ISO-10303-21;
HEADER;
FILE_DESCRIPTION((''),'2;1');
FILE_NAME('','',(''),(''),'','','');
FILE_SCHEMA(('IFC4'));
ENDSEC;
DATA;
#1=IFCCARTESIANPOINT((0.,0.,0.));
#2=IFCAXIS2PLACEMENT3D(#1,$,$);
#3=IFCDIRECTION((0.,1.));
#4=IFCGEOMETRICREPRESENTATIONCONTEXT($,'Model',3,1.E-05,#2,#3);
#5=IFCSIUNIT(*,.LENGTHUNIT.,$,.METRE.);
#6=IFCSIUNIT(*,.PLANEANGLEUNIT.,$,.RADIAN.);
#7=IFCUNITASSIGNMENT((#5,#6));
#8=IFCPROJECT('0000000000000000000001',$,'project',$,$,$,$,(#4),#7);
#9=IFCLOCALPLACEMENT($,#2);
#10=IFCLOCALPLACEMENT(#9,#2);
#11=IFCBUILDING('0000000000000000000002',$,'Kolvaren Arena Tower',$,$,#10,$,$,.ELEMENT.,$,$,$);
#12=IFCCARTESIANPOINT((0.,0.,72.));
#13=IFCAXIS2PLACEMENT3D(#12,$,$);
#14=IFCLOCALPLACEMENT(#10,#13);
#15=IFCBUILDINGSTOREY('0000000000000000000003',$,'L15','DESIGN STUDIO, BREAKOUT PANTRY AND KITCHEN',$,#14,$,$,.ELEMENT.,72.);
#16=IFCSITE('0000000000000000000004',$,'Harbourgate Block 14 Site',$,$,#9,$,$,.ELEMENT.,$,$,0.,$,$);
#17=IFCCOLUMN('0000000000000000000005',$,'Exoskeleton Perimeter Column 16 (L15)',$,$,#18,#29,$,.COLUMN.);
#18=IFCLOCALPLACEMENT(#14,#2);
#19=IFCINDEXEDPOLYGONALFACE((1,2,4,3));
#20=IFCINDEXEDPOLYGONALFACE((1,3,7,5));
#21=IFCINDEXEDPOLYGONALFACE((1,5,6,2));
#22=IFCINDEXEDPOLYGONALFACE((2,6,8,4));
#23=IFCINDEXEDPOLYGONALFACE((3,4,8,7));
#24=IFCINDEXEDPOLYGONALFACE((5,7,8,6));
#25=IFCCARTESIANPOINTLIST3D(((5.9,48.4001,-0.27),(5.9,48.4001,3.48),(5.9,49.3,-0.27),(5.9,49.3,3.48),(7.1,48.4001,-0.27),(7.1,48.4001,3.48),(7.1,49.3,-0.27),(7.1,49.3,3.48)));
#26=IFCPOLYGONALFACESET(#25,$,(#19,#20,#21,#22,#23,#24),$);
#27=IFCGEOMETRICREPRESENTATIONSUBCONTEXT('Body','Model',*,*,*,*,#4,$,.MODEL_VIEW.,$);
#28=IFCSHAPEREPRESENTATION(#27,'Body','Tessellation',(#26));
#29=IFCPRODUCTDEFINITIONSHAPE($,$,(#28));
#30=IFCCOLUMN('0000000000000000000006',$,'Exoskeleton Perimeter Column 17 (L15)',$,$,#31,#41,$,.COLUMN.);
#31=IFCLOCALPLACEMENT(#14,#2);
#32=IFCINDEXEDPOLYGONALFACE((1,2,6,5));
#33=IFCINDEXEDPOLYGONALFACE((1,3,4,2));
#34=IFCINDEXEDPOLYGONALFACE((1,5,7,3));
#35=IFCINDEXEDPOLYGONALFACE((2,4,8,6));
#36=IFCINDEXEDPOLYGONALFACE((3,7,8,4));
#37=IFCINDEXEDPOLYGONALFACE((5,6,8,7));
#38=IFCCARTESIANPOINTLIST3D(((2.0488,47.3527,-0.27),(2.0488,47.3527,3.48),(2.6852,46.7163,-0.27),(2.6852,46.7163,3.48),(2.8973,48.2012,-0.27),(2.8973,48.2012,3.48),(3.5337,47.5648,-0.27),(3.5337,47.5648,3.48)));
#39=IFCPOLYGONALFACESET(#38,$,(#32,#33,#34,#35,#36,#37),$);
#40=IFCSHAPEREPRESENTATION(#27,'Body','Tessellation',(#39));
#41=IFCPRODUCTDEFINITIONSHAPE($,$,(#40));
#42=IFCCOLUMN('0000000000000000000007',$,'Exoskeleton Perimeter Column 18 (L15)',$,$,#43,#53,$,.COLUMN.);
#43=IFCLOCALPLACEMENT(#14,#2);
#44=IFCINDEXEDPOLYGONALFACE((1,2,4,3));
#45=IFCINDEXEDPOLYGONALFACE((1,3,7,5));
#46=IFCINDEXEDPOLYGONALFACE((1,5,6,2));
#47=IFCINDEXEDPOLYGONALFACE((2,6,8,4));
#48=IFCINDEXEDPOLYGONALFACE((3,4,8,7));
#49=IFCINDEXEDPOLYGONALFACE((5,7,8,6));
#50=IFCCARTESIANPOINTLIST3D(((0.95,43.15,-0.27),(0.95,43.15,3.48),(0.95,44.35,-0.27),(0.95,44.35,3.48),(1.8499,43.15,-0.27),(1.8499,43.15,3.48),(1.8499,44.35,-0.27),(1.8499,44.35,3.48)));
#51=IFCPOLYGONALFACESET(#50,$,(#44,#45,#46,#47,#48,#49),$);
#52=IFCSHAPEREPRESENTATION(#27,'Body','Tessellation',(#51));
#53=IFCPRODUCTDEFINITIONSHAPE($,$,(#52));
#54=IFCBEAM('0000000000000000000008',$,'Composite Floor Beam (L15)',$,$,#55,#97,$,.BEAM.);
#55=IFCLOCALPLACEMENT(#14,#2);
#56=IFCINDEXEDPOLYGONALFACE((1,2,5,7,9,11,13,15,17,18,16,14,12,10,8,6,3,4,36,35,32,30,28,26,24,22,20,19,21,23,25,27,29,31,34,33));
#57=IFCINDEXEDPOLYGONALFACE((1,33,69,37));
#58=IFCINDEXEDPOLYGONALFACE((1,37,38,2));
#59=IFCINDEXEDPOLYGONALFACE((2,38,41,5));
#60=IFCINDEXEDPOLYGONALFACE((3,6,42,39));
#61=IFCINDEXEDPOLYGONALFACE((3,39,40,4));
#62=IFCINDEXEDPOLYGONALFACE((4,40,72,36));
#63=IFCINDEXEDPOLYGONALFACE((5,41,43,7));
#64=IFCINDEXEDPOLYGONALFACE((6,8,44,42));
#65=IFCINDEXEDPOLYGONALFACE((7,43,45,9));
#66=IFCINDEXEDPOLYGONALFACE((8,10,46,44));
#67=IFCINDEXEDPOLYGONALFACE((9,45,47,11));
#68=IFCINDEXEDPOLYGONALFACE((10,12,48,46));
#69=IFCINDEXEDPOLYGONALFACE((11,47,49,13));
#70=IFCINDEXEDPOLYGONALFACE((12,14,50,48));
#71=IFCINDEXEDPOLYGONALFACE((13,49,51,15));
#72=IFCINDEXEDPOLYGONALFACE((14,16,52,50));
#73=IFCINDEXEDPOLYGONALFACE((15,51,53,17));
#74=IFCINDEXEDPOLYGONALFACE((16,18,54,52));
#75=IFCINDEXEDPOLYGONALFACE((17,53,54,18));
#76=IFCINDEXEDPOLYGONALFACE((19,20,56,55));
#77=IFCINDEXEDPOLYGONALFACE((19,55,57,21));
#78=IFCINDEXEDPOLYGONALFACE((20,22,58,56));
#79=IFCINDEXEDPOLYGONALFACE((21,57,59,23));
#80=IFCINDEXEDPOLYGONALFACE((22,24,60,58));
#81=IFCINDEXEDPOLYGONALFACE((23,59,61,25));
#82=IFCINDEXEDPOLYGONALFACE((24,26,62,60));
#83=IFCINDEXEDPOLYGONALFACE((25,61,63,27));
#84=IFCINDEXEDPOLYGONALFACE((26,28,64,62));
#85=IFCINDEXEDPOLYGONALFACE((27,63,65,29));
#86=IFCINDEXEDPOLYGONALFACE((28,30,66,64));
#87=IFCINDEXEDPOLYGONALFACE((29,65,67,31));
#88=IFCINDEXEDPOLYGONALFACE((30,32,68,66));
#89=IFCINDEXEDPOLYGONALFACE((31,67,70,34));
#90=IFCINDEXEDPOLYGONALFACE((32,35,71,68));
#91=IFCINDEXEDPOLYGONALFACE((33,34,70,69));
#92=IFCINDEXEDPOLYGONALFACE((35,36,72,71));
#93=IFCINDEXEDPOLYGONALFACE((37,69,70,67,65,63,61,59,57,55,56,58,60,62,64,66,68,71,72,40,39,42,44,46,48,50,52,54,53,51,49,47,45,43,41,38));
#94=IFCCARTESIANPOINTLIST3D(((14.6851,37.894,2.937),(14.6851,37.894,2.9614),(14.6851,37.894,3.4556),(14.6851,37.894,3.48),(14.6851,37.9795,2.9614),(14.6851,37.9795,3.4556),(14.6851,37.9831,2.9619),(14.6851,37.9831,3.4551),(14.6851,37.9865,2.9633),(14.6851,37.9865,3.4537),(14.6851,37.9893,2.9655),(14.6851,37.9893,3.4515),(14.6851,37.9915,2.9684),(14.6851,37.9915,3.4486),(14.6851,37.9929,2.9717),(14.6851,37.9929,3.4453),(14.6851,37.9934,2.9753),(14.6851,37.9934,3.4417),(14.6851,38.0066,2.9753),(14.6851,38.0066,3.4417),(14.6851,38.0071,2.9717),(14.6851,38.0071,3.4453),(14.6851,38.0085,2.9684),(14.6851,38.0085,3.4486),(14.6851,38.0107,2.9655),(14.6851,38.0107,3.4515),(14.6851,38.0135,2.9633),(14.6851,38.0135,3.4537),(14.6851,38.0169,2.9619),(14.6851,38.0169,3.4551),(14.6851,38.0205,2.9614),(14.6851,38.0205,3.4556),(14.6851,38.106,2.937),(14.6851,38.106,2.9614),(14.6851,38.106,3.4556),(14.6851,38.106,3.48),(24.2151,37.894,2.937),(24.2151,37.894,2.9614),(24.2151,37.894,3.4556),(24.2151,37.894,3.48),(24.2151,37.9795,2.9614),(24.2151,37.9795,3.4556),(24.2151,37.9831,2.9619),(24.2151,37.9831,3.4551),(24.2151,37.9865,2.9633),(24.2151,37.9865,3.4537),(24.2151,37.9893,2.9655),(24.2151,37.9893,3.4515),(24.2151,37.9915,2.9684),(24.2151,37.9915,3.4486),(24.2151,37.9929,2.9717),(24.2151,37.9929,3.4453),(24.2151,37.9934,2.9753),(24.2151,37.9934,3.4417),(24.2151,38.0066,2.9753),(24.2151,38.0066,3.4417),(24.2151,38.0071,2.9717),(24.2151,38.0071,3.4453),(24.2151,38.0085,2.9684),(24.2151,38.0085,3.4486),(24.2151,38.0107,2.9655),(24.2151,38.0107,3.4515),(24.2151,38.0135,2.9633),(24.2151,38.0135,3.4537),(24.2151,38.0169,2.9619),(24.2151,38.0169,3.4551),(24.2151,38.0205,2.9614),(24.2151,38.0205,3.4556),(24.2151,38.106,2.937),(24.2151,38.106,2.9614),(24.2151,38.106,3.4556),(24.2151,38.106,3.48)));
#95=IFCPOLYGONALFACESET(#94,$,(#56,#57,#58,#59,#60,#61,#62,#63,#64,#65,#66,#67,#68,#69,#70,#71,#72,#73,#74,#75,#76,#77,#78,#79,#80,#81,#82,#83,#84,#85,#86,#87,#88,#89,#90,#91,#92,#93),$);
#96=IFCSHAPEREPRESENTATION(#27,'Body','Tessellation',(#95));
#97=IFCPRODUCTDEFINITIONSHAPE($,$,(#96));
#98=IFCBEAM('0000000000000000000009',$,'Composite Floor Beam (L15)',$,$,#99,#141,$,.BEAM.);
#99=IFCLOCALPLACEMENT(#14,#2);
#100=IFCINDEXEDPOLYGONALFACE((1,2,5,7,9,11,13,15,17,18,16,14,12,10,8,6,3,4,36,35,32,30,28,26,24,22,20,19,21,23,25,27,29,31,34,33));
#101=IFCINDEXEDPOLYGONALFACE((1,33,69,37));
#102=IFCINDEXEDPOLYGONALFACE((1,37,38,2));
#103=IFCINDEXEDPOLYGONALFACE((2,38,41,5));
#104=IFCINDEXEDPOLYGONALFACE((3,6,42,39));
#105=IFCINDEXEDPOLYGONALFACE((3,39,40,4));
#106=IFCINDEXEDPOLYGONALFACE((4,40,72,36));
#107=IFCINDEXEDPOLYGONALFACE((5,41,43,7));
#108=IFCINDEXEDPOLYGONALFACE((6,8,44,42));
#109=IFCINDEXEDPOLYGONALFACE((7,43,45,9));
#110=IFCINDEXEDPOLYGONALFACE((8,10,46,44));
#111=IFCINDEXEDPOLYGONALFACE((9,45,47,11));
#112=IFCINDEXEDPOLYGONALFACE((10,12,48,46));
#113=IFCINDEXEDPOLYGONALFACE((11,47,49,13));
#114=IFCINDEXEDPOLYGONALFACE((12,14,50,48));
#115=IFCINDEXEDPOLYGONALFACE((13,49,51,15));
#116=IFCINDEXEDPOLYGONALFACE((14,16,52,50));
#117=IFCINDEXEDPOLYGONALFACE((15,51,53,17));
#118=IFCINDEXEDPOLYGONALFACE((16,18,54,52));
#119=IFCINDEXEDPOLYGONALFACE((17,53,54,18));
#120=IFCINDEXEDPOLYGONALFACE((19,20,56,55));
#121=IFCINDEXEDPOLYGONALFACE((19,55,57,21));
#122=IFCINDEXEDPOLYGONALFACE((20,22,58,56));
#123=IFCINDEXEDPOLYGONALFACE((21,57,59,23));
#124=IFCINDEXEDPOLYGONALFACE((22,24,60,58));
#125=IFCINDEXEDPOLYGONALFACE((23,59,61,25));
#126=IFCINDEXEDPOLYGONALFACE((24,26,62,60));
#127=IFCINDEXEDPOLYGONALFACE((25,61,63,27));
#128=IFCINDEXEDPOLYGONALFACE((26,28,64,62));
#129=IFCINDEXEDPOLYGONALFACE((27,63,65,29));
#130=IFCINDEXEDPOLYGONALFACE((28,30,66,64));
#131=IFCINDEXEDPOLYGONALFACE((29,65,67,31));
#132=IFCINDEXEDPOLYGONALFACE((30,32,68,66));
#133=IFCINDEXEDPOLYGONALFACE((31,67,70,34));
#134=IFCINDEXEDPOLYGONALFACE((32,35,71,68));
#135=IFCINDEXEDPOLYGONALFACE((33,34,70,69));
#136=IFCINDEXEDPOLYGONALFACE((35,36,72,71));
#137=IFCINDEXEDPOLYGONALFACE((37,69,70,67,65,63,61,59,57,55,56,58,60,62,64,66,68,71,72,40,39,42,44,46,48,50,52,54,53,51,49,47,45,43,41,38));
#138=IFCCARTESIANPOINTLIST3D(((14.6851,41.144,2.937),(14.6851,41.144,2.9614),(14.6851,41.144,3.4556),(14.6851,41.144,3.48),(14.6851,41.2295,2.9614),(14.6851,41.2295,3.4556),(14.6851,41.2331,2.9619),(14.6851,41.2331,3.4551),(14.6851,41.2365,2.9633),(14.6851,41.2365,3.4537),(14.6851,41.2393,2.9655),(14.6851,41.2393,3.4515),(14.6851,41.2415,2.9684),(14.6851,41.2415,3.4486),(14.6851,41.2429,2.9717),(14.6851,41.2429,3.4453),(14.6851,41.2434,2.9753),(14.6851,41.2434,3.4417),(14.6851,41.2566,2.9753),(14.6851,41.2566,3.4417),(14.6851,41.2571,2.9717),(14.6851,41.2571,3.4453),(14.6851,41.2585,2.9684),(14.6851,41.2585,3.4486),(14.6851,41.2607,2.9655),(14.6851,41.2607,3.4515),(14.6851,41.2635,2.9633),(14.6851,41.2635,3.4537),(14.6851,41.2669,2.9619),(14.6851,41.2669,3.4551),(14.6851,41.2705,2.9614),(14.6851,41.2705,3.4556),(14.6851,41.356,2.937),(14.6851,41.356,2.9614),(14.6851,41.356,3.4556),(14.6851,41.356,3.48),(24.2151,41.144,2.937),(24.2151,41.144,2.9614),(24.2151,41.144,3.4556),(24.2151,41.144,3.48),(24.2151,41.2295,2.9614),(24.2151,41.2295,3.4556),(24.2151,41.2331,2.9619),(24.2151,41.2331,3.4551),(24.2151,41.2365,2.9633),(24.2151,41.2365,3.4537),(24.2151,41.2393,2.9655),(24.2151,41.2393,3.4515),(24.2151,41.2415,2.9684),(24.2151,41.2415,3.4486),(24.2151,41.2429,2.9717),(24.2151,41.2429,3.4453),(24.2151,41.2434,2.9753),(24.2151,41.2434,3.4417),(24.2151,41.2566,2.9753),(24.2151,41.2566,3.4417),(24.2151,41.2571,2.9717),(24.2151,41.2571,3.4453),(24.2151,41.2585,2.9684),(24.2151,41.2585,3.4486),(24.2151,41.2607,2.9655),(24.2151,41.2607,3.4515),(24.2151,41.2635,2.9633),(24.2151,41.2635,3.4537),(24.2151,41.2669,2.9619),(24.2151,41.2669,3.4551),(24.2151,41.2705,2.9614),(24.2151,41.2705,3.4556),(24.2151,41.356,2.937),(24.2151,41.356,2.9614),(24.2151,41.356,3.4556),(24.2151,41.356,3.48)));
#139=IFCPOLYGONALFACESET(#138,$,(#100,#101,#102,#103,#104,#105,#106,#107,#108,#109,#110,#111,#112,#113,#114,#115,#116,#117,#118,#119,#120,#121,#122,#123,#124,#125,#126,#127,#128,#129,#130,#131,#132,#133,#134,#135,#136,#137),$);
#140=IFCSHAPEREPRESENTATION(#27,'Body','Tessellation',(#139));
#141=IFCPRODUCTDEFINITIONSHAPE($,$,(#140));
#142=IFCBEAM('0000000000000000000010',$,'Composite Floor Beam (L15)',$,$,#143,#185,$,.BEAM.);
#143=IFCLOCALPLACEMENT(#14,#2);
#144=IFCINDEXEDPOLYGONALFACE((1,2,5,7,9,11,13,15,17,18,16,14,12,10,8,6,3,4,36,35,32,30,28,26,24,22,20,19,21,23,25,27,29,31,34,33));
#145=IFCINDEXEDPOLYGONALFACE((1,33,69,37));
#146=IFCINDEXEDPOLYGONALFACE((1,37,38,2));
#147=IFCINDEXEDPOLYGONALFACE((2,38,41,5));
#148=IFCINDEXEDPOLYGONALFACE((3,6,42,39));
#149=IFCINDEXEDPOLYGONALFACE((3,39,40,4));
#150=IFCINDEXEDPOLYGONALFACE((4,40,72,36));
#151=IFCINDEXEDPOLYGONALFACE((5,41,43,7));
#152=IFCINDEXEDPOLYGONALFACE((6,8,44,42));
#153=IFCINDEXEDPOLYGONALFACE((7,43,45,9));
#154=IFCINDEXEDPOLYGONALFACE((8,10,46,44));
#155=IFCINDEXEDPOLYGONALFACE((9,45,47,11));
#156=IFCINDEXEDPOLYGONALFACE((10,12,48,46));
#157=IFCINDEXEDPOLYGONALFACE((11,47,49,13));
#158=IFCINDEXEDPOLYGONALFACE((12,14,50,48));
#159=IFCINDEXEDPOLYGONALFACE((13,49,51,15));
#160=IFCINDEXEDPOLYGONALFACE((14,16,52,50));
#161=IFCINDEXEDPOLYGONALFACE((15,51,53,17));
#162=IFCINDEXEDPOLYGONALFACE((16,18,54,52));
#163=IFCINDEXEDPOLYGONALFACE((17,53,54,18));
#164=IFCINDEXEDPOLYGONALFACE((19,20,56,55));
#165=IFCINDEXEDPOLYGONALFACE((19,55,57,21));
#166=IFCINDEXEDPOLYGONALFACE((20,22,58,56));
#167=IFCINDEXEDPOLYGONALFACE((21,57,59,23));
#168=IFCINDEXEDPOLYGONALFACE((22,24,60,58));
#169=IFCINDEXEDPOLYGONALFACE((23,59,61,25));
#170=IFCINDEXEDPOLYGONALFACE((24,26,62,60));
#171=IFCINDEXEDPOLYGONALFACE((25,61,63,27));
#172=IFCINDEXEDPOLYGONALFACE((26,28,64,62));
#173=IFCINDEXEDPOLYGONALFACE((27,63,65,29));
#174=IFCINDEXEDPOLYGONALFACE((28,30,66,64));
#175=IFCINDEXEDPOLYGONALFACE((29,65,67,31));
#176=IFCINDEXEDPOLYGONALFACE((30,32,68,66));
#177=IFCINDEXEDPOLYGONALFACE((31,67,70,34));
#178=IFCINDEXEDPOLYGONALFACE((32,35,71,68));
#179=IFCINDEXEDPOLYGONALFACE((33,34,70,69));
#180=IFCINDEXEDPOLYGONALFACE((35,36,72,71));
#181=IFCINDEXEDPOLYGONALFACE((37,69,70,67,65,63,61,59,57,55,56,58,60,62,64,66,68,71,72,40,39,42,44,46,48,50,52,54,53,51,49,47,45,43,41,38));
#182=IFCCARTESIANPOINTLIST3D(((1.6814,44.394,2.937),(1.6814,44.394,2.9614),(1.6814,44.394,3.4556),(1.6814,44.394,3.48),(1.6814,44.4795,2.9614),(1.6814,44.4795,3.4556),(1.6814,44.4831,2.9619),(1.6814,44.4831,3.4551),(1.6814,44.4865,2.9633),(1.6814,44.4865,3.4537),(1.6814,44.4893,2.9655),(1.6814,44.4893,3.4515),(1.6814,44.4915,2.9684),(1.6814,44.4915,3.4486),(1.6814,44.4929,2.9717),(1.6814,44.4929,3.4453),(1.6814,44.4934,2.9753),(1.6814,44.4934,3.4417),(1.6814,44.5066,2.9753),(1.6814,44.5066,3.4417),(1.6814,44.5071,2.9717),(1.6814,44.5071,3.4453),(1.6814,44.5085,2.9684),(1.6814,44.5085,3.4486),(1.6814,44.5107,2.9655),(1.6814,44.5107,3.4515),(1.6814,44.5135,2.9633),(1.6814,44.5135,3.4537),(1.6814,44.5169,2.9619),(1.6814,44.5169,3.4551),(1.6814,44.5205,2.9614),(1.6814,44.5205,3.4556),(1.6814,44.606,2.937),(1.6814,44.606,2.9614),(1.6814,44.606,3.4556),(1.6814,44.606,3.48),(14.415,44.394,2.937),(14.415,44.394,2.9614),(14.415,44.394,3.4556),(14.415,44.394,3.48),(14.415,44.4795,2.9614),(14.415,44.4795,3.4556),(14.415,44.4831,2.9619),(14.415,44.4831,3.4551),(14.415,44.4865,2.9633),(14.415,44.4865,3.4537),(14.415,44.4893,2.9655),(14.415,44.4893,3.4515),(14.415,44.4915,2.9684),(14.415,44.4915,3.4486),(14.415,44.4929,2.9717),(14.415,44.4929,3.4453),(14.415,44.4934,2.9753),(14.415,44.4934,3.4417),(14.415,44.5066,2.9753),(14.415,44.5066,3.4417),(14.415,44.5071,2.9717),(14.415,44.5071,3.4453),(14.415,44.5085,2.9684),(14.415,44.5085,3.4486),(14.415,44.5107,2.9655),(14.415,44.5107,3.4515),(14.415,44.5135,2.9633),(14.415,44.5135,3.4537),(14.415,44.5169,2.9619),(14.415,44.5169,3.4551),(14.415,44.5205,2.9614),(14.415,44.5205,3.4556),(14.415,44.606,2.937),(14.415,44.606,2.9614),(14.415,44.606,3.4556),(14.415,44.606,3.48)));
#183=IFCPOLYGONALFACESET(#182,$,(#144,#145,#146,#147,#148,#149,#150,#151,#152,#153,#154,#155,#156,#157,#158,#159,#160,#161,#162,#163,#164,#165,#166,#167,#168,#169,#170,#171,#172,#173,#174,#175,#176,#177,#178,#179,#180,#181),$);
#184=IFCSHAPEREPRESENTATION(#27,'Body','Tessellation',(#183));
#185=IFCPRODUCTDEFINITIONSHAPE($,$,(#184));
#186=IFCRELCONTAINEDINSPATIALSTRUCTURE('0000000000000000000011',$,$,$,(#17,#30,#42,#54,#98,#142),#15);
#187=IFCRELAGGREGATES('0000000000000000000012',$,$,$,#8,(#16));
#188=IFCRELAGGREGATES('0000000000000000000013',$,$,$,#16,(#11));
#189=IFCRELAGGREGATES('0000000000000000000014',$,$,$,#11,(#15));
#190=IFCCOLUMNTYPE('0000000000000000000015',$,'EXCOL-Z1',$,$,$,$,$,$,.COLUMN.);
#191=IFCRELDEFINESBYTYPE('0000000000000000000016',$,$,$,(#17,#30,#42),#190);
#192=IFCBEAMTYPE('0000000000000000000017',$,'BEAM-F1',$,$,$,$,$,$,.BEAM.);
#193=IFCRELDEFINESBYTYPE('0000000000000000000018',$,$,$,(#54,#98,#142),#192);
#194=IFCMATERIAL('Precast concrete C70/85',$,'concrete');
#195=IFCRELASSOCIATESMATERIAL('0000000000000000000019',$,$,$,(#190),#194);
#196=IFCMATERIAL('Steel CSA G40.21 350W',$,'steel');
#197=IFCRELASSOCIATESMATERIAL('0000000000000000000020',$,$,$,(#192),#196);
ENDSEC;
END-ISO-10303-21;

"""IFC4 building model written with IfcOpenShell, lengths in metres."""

from ifc_helpers import new_model, si_unit, direction, frame, origin, origin_2d, place, context, subcontext, project, spatial, rectangle, i_section, extrude, material, material_profile, profile_set, type_object, element, save


model = new_model("IFC4")

# Units and contexts
model_context = context("Model", 3, precision=1e-05, world=origin(), true_north=direction((0.0, 1.0)))
body_context = subcontext(model_context, "Body", "Model", "MODEL_VIEW")
ifc_project = project(units=[si_unit("LENGTHUNIT", "METRE"), si_unit("PLANEANGLEUNIT", "RADIAN")], contexts=[model_context])

# Site, building, storey
site_placement = place(None, origin())
site = spatial("IfcSite", under=ifc_project, at=site_placement, Name="Harbourgate Block 14 Site", CompositionType="ELEMENT", RefElevation=0.0)
building_placement = place(site_placement, origin())
building = spatial("IfcBuilding", under=site, at=building_placement, Name="Kolvaren Arena Tower", CompositionType="ELEMENT")
storey_placement = place(building_placement, frame((0.0, 0.0, 72.0)))
storey = spatial("IfcBuildingStorey", under=building, at=storey_placement, Name="L15", Description="DESIGN STUDIO, BREAKOUT PANTRY AND KITCHEN", CompositionType="ELEMENT", Elevation=72.0)

# Columns
ifc_material_1 = material(Name="Precast concrete C70/85", Category="concrete")
ifc_material_profile_1 = material_profile(ifc_material_1, rectangle(XDim=1.2, YDim=0.8999, at=origin_2d()), Name="RC-1200x900")
ifc_profile_set_1 = profile_set([ifc_material_profile_1], Name="Precast concrete C70/85")
column_type = type_object("IfcColumnType", Name="EXCOL-Z1", PredefinedType="COLUMN", material=ifc_profile_set_1)
for number, where, z_axis, x_axis, name in (
    (1, (6.5, 48.8501, -0.27), (0.0, 0.0, 1.0), (1.0, 0.0, 0.0), "Exoskeleton Perimeter Column 16 (L15)"),
    (2, (2.7913, 47.4587, -0.27), (0.0, 0.0, 1.0), (0.707107, 0.707107, 0.0), "Exoskeleton Perimeter Column 17 (L15)"),
    (3, (1.3999, 43.75, -0.27), (0.0, 0.0, 1.0), (0.0, 1.0, 0.0), "Exoskeleton Perimeter Column 18 (L15)"),
):
    element("IfcColumn", number, at=place(storey_placement, frame(where, z_axis=z_axis, x_axis=x_axis)), inside=storey, type_object=column_type, Name=name, PredefinedType="COLUMN", context=body_context, shape_type="SweptSolid", body=[
        extrude(rectangle(XDim=1.2, YDim=0.8999, at=origin_2d()), origin(), (0.0, 0.0, 1.0), 3.75),
    ])

# Beams
ifc_material_2 = material(Name="Steel CSA G40.21 350W", Category="steel")
ifc_material_profile_2 = material_profile(ifc_material_2, i_section(OverallWidth=0.2119, OverallDepth=0.543, WebThickness=0.0132, FlangeThickness=0.0244, FilletRadius=0.0139, at=origin_2d()), Name="W530x150")
ifc_profile_set_2 = profile_set([ifc_material_profile_2], Name="Steel CSA G40.21 350W")
beam_type_1 = type_object("IfcBeamType", Name="BEAM-F1", PredefinedType="BEAM", material=ifc_profile_set_2)
for number, where, z_axis, x_axis, name in (
    (4, (14.6851, 38.0, 3.2085), (1.0, 0.0, 0.0), (0.0, 1.0, 0.0), "Composite Floor Beam (L15)"),
    (5, (14.6851, 41.25, 3.2085), (1.0, 0.0, 0.0), (0.0, 1.0, 0.0), "Composite Floor Beam (L15)"),
):
    element("IfcBeam", number, at=place(storey_placement, frame(where, z_axis=z_axis, x_axis=x_axis)), inside=storey, type_object=beam_type_1, Name=name, PredefinedType="BEAM", context=body_context, shape_type="SweptSolid", body=[
        extrude(i_section(OverallWidth=0.2119, OverallDepth=0.543, WebThickness=0.0132, FlangeThickness=0.0244, FilletRadius=0.0139, at=origin_2d()), origin(), (0.0, 0.0, 1.0), 9.53),
    ])
beam_1_placement = place(storey_placement, frame((1.6814, 44.5, 3.2085), z_axis=(1.0, 0.0, 0.0), x_axis=(0.0, 1.0, 0.0)))
element("IfcBeam", 6, at=beam_1_placement, inside=storey, type_object=beam_type_1, Name="Composite Floor Beam (L15)", PredefinedType="BEAM", context=body_context, shape_type="SweptSolid", body=[
    extrude(i_section(OverallWidth=0.2119, OverallDepth=0.543, WebThickness=0.0132, FlangeThickness=0.0244, FilletRadius=0.0139, at=origin_2d()), origin(), (0.0, 0.0, 1.0), 12.7336),
])

save(model, "model.ifc")
